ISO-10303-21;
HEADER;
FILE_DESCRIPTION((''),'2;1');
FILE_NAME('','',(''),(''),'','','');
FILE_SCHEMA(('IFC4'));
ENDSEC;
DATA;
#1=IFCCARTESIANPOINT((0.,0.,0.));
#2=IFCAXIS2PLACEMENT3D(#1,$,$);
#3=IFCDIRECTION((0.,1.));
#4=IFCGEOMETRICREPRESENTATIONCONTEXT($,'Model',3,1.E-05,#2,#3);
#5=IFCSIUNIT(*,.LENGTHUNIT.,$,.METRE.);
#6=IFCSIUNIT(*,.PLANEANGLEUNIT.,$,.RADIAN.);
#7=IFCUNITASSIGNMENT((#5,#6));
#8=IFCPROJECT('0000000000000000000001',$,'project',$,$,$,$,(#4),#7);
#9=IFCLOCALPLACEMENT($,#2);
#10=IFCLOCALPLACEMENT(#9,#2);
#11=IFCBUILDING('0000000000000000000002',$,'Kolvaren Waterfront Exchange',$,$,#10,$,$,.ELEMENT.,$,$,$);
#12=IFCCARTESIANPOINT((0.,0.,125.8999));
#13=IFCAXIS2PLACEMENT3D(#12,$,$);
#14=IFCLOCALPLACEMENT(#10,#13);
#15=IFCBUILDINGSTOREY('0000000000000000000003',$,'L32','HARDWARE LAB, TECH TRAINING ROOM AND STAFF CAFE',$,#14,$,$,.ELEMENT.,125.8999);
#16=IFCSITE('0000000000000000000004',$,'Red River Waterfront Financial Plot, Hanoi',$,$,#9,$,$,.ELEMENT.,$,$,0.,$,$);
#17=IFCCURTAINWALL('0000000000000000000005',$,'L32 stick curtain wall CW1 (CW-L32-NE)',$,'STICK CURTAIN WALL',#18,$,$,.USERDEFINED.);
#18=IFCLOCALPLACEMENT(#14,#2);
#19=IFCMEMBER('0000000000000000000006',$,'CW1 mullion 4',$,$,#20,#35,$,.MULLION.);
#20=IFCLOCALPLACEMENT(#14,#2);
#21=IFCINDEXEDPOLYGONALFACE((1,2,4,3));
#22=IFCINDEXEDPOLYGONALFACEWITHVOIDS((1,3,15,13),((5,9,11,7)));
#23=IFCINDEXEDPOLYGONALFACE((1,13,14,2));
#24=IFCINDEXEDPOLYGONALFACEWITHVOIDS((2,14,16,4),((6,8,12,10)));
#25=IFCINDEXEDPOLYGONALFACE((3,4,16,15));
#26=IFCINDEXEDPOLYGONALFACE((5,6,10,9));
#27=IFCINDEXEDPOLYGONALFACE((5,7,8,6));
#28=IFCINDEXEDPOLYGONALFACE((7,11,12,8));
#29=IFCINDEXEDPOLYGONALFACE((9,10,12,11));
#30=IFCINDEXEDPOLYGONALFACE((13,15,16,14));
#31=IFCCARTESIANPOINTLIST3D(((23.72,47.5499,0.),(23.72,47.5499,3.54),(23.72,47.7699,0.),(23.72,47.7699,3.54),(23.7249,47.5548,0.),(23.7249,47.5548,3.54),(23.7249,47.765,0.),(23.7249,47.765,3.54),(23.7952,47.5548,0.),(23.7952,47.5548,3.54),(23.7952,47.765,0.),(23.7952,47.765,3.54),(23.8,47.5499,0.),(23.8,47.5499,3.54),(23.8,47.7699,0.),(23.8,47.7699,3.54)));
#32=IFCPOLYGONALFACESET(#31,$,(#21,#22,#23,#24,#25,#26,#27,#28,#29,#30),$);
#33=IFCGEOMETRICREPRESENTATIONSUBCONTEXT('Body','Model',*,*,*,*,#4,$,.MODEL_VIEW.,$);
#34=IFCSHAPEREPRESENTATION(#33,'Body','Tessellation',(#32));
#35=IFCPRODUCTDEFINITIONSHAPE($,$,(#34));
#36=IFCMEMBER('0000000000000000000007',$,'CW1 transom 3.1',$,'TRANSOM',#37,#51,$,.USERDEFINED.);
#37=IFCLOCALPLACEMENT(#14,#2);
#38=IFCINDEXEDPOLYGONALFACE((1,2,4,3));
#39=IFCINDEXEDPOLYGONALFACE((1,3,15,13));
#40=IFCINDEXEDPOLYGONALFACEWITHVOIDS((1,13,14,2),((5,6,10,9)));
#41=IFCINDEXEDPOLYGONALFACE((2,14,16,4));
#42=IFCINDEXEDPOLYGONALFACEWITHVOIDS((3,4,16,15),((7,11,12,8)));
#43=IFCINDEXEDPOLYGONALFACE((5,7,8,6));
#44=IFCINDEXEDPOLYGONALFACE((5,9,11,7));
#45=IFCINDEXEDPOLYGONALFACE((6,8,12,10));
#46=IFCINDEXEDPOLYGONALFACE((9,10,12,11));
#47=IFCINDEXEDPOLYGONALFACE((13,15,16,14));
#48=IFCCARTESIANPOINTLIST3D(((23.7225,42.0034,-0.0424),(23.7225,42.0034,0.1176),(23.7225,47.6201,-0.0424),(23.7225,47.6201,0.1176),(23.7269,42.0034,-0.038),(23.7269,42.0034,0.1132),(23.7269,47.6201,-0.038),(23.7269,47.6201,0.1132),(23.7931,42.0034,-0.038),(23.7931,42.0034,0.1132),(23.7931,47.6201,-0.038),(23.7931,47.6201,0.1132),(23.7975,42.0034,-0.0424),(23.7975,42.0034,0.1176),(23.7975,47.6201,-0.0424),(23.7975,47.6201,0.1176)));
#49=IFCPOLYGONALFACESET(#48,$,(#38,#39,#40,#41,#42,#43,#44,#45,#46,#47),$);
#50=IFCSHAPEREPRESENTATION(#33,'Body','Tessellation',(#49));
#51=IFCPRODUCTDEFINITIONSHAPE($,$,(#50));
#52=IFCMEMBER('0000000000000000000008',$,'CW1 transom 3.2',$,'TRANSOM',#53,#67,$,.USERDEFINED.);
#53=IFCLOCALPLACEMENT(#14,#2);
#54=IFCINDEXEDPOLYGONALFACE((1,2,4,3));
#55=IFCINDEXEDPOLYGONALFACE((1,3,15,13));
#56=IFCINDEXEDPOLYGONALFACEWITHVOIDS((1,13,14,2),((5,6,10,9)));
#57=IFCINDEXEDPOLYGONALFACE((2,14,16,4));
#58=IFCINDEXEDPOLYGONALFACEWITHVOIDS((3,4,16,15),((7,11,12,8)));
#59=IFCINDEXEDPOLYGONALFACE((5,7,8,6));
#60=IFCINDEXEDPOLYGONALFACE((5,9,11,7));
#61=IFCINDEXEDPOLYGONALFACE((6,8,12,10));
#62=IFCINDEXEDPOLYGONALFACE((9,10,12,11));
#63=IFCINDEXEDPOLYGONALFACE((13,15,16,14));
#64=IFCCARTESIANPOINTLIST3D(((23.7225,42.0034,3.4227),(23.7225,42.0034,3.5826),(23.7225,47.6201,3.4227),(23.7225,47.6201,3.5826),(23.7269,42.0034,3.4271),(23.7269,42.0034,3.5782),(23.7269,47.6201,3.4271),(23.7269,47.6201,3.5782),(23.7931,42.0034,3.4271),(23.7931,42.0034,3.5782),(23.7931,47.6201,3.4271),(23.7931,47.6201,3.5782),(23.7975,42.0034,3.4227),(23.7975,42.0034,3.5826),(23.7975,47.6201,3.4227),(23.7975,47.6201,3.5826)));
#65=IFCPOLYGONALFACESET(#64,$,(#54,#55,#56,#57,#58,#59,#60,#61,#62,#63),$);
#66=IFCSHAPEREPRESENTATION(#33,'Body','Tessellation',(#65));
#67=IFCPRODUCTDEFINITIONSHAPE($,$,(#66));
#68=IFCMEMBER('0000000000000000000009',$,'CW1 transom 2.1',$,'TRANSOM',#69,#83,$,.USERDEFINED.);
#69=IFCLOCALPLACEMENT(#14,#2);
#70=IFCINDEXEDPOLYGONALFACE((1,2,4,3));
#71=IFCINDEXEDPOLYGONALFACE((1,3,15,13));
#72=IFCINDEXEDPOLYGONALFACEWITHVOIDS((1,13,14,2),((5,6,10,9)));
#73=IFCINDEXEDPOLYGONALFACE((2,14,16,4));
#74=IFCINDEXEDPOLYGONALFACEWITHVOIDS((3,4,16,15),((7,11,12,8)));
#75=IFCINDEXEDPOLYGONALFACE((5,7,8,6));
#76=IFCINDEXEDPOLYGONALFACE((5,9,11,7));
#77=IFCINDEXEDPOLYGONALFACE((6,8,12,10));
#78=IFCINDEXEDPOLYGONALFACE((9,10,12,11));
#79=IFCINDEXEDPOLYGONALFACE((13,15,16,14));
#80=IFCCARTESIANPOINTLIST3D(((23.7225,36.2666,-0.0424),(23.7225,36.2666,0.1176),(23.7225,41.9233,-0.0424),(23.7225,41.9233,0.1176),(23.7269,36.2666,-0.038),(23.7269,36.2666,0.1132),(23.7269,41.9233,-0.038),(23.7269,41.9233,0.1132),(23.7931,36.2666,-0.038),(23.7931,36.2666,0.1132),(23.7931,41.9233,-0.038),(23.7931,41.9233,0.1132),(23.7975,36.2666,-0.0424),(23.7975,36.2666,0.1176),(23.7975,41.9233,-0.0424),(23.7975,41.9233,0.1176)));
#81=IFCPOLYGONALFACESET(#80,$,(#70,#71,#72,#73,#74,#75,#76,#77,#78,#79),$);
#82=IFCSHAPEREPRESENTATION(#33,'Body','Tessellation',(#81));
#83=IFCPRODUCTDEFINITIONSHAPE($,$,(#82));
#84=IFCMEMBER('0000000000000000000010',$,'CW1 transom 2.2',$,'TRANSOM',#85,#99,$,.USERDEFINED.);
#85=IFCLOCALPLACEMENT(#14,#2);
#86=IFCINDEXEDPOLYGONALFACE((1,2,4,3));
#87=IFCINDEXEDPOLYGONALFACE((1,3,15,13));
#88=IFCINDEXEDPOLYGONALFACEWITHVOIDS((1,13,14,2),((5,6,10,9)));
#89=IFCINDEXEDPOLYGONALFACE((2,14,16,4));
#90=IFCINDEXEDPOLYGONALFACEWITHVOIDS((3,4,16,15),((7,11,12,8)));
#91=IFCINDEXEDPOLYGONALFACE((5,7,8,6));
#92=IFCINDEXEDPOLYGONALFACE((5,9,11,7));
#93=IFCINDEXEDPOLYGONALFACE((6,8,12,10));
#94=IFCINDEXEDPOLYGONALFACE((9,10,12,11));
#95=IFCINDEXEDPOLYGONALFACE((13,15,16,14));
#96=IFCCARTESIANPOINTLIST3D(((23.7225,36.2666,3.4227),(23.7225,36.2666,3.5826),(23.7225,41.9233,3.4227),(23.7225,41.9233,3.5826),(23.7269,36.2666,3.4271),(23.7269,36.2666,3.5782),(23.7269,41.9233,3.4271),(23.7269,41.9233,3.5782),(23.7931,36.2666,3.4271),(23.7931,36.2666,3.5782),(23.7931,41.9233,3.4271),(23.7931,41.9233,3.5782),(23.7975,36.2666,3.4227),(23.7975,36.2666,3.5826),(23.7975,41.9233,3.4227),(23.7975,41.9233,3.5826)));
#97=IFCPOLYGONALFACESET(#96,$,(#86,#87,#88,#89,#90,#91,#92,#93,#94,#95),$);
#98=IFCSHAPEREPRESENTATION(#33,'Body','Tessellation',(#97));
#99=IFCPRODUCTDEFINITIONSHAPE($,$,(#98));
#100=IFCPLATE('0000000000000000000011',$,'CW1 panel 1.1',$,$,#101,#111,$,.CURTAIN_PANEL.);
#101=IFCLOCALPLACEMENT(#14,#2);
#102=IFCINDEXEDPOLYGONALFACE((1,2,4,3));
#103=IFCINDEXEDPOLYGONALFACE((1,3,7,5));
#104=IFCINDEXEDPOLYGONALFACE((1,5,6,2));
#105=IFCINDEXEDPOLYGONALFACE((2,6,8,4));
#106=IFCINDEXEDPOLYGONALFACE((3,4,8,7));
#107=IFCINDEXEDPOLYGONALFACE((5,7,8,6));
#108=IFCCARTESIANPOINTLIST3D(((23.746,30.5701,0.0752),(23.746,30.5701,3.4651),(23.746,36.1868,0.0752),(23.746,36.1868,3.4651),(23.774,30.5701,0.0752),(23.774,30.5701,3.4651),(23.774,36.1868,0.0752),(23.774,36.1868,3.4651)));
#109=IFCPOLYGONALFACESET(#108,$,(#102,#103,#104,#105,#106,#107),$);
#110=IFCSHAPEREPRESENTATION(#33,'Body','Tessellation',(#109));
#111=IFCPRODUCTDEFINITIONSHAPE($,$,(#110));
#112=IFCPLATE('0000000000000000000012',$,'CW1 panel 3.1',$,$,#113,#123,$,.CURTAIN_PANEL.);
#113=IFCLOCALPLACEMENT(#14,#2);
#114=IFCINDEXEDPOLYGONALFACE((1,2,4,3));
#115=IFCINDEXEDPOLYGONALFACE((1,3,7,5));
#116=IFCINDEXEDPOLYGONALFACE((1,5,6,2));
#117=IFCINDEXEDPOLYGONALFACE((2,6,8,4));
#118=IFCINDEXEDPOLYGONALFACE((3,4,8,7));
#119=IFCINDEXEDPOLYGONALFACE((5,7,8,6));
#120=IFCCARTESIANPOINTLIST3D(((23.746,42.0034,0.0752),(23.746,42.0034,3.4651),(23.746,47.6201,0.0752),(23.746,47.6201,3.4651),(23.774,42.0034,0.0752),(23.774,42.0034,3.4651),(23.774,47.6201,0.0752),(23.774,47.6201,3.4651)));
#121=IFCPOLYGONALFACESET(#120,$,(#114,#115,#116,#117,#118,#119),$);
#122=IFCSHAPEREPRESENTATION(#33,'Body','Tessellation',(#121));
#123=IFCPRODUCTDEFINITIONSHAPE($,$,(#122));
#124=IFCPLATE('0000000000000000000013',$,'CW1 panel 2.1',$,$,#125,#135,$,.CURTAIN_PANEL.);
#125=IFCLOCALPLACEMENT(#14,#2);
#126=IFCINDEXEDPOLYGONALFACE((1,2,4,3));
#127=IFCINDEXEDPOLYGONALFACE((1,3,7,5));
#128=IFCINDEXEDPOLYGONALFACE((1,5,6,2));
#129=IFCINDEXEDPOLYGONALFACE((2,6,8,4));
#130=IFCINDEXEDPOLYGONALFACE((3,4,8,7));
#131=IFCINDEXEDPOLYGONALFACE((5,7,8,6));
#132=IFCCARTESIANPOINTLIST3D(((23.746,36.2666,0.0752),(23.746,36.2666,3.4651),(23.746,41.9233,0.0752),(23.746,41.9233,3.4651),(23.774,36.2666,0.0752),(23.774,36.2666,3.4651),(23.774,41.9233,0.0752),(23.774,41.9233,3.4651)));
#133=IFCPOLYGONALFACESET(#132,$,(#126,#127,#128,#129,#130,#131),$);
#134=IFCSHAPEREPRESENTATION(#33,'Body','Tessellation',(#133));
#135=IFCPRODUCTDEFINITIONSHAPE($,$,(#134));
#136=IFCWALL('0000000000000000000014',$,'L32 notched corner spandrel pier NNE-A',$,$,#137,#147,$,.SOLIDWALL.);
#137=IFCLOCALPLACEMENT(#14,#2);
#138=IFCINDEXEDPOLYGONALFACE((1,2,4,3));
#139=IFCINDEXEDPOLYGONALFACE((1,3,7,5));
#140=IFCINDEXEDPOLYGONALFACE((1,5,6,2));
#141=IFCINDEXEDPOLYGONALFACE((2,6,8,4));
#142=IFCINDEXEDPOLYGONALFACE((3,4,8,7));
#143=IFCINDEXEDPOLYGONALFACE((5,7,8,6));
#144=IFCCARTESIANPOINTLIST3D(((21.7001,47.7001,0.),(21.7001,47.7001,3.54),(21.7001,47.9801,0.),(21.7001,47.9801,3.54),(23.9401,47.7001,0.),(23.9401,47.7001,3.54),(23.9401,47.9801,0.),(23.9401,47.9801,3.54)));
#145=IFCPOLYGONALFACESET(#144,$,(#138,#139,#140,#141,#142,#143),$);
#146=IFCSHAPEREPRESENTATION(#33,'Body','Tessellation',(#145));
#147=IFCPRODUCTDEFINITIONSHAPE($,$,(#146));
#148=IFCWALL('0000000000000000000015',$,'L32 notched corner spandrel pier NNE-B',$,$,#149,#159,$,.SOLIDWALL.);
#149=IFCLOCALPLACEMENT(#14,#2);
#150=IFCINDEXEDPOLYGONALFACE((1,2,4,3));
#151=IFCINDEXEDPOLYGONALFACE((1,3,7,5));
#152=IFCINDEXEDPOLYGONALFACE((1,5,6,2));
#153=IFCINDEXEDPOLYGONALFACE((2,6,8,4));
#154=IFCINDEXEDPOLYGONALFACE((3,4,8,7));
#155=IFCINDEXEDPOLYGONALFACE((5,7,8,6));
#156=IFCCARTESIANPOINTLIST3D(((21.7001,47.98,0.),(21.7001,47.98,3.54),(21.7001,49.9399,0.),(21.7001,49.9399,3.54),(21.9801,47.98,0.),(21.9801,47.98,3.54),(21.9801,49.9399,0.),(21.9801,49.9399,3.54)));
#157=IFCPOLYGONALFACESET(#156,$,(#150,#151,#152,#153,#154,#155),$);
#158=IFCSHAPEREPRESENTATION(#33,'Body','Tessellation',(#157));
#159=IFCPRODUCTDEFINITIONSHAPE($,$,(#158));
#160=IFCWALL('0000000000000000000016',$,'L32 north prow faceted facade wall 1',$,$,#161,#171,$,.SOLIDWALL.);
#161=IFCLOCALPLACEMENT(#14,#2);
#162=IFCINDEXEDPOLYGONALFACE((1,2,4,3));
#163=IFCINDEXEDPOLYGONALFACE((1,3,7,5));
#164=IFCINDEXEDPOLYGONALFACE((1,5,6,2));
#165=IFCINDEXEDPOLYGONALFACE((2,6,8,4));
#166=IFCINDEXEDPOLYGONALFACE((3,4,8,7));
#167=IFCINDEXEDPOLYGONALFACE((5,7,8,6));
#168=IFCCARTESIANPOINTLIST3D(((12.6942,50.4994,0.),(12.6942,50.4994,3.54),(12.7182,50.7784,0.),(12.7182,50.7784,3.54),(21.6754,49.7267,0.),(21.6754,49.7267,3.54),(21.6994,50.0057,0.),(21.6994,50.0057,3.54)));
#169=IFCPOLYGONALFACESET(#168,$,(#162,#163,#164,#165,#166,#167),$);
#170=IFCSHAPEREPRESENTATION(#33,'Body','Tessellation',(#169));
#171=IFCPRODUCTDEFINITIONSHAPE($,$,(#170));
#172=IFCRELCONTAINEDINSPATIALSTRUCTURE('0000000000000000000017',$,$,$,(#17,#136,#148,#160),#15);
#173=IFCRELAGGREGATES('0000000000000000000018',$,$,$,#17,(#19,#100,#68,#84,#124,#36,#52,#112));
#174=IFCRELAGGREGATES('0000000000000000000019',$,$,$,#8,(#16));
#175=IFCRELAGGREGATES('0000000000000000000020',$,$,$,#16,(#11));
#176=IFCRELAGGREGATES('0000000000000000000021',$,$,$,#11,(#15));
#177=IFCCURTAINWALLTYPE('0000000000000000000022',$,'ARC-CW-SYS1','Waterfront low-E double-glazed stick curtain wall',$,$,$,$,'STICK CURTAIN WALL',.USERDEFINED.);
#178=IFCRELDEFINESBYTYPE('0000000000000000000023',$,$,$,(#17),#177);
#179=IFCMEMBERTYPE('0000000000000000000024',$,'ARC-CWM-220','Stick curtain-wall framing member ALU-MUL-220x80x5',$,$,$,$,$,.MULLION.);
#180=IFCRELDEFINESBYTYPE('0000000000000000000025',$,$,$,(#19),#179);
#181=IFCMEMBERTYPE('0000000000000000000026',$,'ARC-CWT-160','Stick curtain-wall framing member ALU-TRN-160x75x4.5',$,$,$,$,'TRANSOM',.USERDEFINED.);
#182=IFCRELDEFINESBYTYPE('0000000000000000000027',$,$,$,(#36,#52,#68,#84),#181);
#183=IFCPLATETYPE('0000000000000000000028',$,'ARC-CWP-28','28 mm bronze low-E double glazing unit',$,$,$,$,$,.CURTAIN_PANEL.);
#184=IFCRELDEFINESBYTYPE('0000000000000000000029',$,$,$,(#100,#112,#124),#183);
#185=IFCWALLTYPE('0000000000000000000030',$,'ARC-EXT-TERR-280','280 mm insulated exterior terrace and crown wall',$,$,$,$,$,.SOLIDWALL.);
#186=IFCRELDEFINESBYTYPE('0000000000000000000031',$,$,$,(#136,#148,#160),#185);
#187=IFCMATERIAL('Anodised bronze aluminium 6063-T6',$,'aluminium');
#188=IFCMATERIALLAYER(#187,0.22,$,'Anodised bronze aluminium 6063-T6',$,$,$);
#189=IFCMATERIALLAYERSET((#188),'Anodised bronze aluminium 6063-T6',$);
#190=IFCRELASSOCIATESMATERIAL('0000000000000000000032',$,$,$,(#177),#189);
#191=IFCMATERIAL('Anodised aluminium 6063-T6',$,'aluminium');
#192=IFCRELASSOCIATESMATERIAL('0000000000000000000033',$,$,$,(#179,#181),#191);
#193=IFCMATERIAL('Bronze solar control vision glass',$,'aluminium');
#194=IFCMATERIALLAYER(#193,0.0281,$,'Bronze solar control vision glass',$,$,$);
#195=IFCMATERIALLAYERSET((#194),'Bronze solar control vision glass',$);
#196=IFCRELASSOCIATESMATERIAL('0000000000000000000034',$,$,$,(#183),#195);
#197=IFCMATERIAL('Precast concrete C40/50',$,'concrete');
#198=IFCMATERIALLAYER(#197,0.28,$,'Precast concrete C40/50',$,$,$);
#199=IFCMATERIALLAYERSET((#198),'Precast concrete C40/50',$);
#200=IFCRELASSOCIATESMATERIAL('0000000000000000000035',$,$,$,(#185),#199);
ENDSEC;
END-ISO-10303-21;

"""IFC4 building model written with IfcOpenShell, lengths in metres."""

from ifc_helpers import new_model, si_unit, direction, frame, frame_2d, origin, origin_with_axes, origin_2d, place, context, subcontext, project, spatial, rectangle, hollow_rectangle, extrude, source, transform, mapped, material, layer, layer_set, material_profile, profile_set, type_object, element, aggregate, save


model = new_model("IFC4")

# Units and contexts
model_context = context("Model", 3, precision=1e-05, world=origin(), true_north=direction((0.0, 1.0)))
body_context = subcontext(model_context, "Body", "Model", "MODEL_VIEW")
ifc_project = project(units=[si_unit("LENGTHUNIT", "METRE"), si_unit("PLANEANGLEUNIT", "RADIAN")], contexts=[model_context])

# Site, building, storey
site_placement = place(None, origin())
site = spatial("IfcSite", under=ifc_project, at=site_placement, Name="Red River Waterfront Financial Plot, Hanoi", CompositionType="ELEMENT", RefElevation=0.0)
building_placement = place(site_placement, origin())
building = spatial("IfcBuilding", under=site, at=building_placement, Name="Kolvaren Waterfront Exchange", CompositionType="ELEMENT")
storey_placement = place(building_placement, frame((0.0, 0.0, 125.8999)))
storey = spatial("IfcBuildingStorey", under=building, at=storey_placement, Name="L32", Description="HARDWARE LAB, TECH TRAINING ROOM AND STAFF CAFE", CompositionType="ELEMENT", Elevation=125.8999)

# Curtain wall, members, plates
ifc_material_1 = material(Name="Anodised bronze aluminium 6063-T6", Category="aluminium")
ifc_layer_1 = layer(ifc_material_1, 0.22, Name="Anodised bronze aluminium 6063-T6")
ifc_layer_set_1 = layer_set([ifc_layer_1], Name="Anodised bronze aluminium 6063-T6")
curtain_wall_type = type_object("IfcCurtainWallType", Name="ARC-CW-SYS1", Description="Waterfront low-E double-glazed stick curtain wall", ElementType="STICK CURTAIN WALL", PredefinedType="USERDEFINED", material=ifc_layer_set_1)
curtain_wall_placement = place(storey_placement, origin())
curtain_wall = element("IfcCurtainWall", 1, at=curtain_wall_placement, inside=storey, type_object=curtain_wall_type, Name="L32 stick curtain wall CW1 (CW-L32-NE)", ObjectType="STICK CURTAIN WALL", PredefinedType="USERDEFINED")
ifc_material_2 = material(Name="Anodised aluminium 6063-T6", Category="aluminium")
ifc_material_profile_1 = material_profile(ifc_material_2, hollow_rectangle(XDim=0.0801, YDim=0.22, WallThickness=0.0049, at=origin_2d()), Name="ALU-MUL-220x80x5")
ifc_profile_set_1 = profile_set([ifc_material_profile_1], Name="Anodised aluminium 6063-T6")
member_type_1 = type_object("IfcMemberType", Name="ARC-CWM-220", Description="Stick curtain-wall framing member ALU-MUL-220x80x5", PredefinedType="MULLION", material=ifc_profile_set_1)
shared_shape_1 = source(origin_with_axes(), body_context, "Body", "SweptSolid", [
    extrude(hollow_rectangle(XDim=0.0801, YDim=0.22, WallThickness=0.0049, at=origin_2d()), origin(), (0.0, 0.0, 1.0), 3.54),
])
member_1_placement = place(storey_placement, frame((23.76, 47.6599, 0.0), z_axis=(0.0, 0.0, 1.0), x_axis=(-1.0, 0.0, 0.0)))
member_1 = element("IfcMember", 2, at=member_1_placement, type_object=member_type_1, Name="CW1 mullion 4", PredefinedType="MULLION", context=body_context, shape_type="MappedRepresentation", body=[
    mapped(shared_shape_1, transform((0.0, 0.0, 0.0), x_axis=(1.0, 0.0, 0.0), y_axis=(0.0, 1.0, 0.0), z_axis=(0.0, 0.0, 1.0), scale=1.0)),
])
ifc_material_profile_2 = material_profile(ifc_material_2, hollow_rectangle(XDim=0.075, YDim=0.1599, WallThickness=0.0044, at=origin_2d()), Name="ALU-TRN-160x75x4.5")
ifc_profile_set_2 = profile_set([ifc_material_profile_2], Name="Anodised aluminium 6063-T6")
member_type_2 = type_object("IfcMemberType", Name="ARC-CWT-160", Description="Stick curtain-wall framing member ALU-TRN-160x75x4.5", ElementType="TRANSOM", PredefinedType="USERDEFINED", material=ifc_profile_set_2)
shared_shape_2 = source(origin_with_axes(), body_context, "Body", "SweptSolid", [
    extrude(hollow_rectangle(XDim=0.075, YDim=0.1599, WallThickness=0.0044, at=origin_2d()), origin(), (0.0, 0.0, 1.0), 5.6167),
])
member_2_placement = place(storey_placement, frame((23.76, 42.0034, 0.0376), z_axis=(0.0, 1.0, 0.0), x_axis=(-1.0, 0.0, 0.0)))
member_2 = element("IfcMember", 3, at=member_2_placement, type_object=member_type_2, Name="CW1 transom 3.1", ObjectType="TRANSOM", PredefinedType="USERDEFINED", context=body_context, shape_type="MappedRepresentation", body=[
    mapped(shared_shape_2, transform((0.0, 0.0, 0.0), x_axis=(1.0, 0.0, 0.0), y_axis=(0.0, 1.0, 0.0), z_axis=(0.0, 0.0, 1.0), scale=1.0)),
])
member_3_placement = place(storey_placement, frame((23.76, 42.0034, 3.5027), z_axis=(0.0, 1.0, 0.0), x_axis=(-1.0, 0.0, 0.0)))
member_3 = element("IfcMember", 4, at=member_3_placement, type_object=member_type_2, Name="CW1 transom 3.2", ObjectType="TRANSOM", PredefinedType="USERDEFINED", context=body_context, shape_type="MappedRepresentation", body=[
    mapped(shared_shape_2, transform((0.0, 0.0, 0.0), x_axis=(1.0, 0.0, 0.0), y_axis=(0.0, 1.0, 0.0), z_axis=(0.0, 0.0, 1.0), scale=1.0)),
])
shared_shape_3 = source(origin_with_axes(), body_context, "Body", "SweptSolid", [
    extrude(hollow_rectangle(XDim=0.075, YDim=0.1599, WallThickness=0.0044, at=origin_2d()), origin(), (0.0, 0.0, 1.0), 5.6567),
])
member_4_placement = place(storey_placement, frame((23.76, 36.2666, 0.0376), z_axis=(0.0, 1.0, 0.0), x_axis=(-1.0, 0.0, 0.0)))
member_4 = element("IfcMember", 5, at=member_4_placement, type_object=member_type_2, Name="CW1 transom 2.1", ObjectType="TRANSOM", PredefinedType="USERDEFINED", context=body_context, shape_type="MappedRepresentation", body=[
    mapped(shared_shape_3, transform((0.0, 0.0, 0.0), x_axis=(1.0, 0.0, 0.0), y_axis=(0.0, 1.0, 0.0), z_axis=(0.0, 0.0, 1.0), scale=1.0)),
])
member_5_placement = place(storey_placement, frame((23.76, 36.2666, 3.5027), z_axis=(0.0, 1.0, 0.0), x_axis=(-1.0, 0.0, 0.0)))
member_5 = element("IfcMember", 6, at=member_5_placement, type_object=member_type_2, Name="CW1 transom 2.2", ObjectType="TRANSOM", PredefinedType="USERDEFINED", context=body_context, shape_type="MappedRepresentation", body=[
    mapped(shared_shape_3, transform((0.0, 0.0, 0.0), x_axis=(1.0, 0.0, 0.0), y_axis=(0.0, 1.0, 0.0), z_axis=(0.0, 0.0, 1.0), scale=1.0)),
])
ifc_material_3 = material(Name="Bronze solar control vision glass", Category="aluminium")
ifc_layer_2 = layer(ifc_material_3, 0.0281, Name="Bronze solar control vision glass")
ifc_layer_set_2 = layer_set([ifc_layer_2], Name="Bronze solar control vision glass")
plate_type = type_object("IfcPlateType", Name="ARC-CWP-28", Description="28 mm bronze low-E double glazing unit", PredefinedType="CURTAIN_PANEL", material=ifc_layer_set_2)
shared_shape_4 = source(origin_with_axes(), body_context, "Body", "SweptSolid", [
    extrude(rectangle(XDim=5.6167, YDim=0.0281, at=origin_2d()), origin(), (0.0, 0.0, 1.0), 3.3899),
])
plate_1_placement = place(storey_placement, frame((23.76, 33.3784, 0.0752), z_axis=(0.0, 0.0, 1.0), x_axis=(0.0, 1.0, 0.0)))
plate_1 = element("IfcPlate", 7, at=plate_1_placement, type_object=plate_type, Name="CW1 panel 1.1", PredefinedType="CURTAIN_PANEL", context=body_context, shape_type="MappedRepresentation", body=[
    mapped(shared_shape_4, transform((0.0, 0.0, 0.0), x_axis=(1.0, 0.0, 0.0), y_axis=(0.0, 1.0, 0.0), z_axis=(0.0, 0.0, 1.0), scale=1.0)),
])
plate_2_placement = place(storey_placement, frame((23.76, 44.8118, 0.0752), z_axis=(0.0, 0.0, 1.0), x_axis=(0.0, 1.0, 0.0)))
plate_2 = element("IfcPlate", 8, at=plate_2_placement, type_object=plate_type, Name="CW1 panel 3.1", PredefinedType="CURTAIN_PANEL", context=body_context, shape_type="MappedRepresentation", body=[
    mapped(shared_shape_4, transform((0.0, 0.0, 0.0), x_axis=(1.0, 0.0, 0.0), y_axis=(0.0, 1.0, 0.0), z_axis=(0.0, 0.0, 1.0), scale=1.0)),
])
shared_shape_5 = source(origin_with_axes(), body_context, "Body", "SweptSolid", [
    extrude(rectangle(XDim=5.6567, YDim=0.0281, at=origin_2d()), origin(), (0.0, 0.0, 1.0), 3.3899),
])
plate_3_placement = place(storey_placement, frame((23.76, 39.095, 0.0752), z_axis=(0.0, 0.0, 1.0), x_axis=(0.0, 1.0, 0.0)))
plate_3 = element("IfcPlate", 9, at=plate_3_placement, type_object=plate_type, Name="CW1 panel 2.1", PredefinedType="CURTAIN_PANEL", context=body_context, shape_type="MappedRepresentation", body=[
    mapped(shared_shape_5, transform((0.0, 0.0, 0.0), x_axis=(1.0, 0.0, 0.0), y_axis=(0.0, 1.0, 0.0), z_axis=(0.0, 0.0, 1.0), scale=1.0)),
])
aggregate(curtain_wall, [member_1, plate_1, member_4, member_5, plate_3, member_2, member_3, plate_2])

# Walls
ifc_material_4 = material(Name="Precast concrete C40/50", Category="concrete")
ifc_layer_3 = layer(ifc_material_4, 0.28, Name="Precast concrete C40/50")
ifc_layer_set_3 = layer_set([ifc_layer_3], Name="Precast concrete C40/50")
wall_type = type_object("IfcWallType", Name="ARC-EXT-TERR-280", Description="280 mm insulated exterior terrace and crown wall", PredefinedType="SOLIDWALL", material=ifc_layer_set_3)
wall_1_placement = place(storey_placement, frame((21.7, 47.8401, 0.0), z_axis=(0.0, 0.0, 1.0), x_axis=(1.0, 0.0, 0.0)))
element("IfcWall", 10, at=wall_1_placement, inside=storey, type_object=wall_type, Name="L32 notched corner spandrel pier NNE-A", PredefinedType="SOLIDWALL", context=body_context, shape_type="SweptSolid", body=[
    extrude(rectangle(XDim=2.24, YDim=0.28, at=frame_2d((1.1201, 0.0))), origin(), (0.0, 0.0, 1.0), 3.54),
])
wall_2_placement = place(storey_placement, frame((21.8401, 47.98, 0.0), z_axis=(0.0, 0.0, 1.0), x_axis=(0.0, 1.0, 0.0)))
element("IfcWall", 11, at=wall_2_placement, inside=storey, type_object=wall_type, Name="L32 notched corner spandrel pier NNE-B", PredefinedType="SOLIDWALL", context=body_context, shape_type="SweptSolid", body=[
    extrude(rectangle(XDim=1.96, YDim=0.28, at=frame_2d((0.98, 0.0))), origin(), (0.0, 0.0, 1.0), 3.54),
])
wall_3_placement = place(storey_placement, frame((21.6875, 49.8662, 0.0), z_axis=(0.0, 0.0, 1.0), x_axis=(-0.996319, 0.085719, 0.0)))
element("IfcWall", 12, at=wall_3_placement, inside=storey, type_object=wall_type, Name="L32 north prow faceted facade wall 1", PredefinedType="SOLIDWALL", context=body_context, shape_type="SweptSolid", body=[
    extrude(rectangle(XDim=9.0144, YDim=0.28, at=frame_2d((4.5073, 0.0))), origin(), (0.0, 0.0, 1.0), 3.54),
])

save(model, "model.ifc")
